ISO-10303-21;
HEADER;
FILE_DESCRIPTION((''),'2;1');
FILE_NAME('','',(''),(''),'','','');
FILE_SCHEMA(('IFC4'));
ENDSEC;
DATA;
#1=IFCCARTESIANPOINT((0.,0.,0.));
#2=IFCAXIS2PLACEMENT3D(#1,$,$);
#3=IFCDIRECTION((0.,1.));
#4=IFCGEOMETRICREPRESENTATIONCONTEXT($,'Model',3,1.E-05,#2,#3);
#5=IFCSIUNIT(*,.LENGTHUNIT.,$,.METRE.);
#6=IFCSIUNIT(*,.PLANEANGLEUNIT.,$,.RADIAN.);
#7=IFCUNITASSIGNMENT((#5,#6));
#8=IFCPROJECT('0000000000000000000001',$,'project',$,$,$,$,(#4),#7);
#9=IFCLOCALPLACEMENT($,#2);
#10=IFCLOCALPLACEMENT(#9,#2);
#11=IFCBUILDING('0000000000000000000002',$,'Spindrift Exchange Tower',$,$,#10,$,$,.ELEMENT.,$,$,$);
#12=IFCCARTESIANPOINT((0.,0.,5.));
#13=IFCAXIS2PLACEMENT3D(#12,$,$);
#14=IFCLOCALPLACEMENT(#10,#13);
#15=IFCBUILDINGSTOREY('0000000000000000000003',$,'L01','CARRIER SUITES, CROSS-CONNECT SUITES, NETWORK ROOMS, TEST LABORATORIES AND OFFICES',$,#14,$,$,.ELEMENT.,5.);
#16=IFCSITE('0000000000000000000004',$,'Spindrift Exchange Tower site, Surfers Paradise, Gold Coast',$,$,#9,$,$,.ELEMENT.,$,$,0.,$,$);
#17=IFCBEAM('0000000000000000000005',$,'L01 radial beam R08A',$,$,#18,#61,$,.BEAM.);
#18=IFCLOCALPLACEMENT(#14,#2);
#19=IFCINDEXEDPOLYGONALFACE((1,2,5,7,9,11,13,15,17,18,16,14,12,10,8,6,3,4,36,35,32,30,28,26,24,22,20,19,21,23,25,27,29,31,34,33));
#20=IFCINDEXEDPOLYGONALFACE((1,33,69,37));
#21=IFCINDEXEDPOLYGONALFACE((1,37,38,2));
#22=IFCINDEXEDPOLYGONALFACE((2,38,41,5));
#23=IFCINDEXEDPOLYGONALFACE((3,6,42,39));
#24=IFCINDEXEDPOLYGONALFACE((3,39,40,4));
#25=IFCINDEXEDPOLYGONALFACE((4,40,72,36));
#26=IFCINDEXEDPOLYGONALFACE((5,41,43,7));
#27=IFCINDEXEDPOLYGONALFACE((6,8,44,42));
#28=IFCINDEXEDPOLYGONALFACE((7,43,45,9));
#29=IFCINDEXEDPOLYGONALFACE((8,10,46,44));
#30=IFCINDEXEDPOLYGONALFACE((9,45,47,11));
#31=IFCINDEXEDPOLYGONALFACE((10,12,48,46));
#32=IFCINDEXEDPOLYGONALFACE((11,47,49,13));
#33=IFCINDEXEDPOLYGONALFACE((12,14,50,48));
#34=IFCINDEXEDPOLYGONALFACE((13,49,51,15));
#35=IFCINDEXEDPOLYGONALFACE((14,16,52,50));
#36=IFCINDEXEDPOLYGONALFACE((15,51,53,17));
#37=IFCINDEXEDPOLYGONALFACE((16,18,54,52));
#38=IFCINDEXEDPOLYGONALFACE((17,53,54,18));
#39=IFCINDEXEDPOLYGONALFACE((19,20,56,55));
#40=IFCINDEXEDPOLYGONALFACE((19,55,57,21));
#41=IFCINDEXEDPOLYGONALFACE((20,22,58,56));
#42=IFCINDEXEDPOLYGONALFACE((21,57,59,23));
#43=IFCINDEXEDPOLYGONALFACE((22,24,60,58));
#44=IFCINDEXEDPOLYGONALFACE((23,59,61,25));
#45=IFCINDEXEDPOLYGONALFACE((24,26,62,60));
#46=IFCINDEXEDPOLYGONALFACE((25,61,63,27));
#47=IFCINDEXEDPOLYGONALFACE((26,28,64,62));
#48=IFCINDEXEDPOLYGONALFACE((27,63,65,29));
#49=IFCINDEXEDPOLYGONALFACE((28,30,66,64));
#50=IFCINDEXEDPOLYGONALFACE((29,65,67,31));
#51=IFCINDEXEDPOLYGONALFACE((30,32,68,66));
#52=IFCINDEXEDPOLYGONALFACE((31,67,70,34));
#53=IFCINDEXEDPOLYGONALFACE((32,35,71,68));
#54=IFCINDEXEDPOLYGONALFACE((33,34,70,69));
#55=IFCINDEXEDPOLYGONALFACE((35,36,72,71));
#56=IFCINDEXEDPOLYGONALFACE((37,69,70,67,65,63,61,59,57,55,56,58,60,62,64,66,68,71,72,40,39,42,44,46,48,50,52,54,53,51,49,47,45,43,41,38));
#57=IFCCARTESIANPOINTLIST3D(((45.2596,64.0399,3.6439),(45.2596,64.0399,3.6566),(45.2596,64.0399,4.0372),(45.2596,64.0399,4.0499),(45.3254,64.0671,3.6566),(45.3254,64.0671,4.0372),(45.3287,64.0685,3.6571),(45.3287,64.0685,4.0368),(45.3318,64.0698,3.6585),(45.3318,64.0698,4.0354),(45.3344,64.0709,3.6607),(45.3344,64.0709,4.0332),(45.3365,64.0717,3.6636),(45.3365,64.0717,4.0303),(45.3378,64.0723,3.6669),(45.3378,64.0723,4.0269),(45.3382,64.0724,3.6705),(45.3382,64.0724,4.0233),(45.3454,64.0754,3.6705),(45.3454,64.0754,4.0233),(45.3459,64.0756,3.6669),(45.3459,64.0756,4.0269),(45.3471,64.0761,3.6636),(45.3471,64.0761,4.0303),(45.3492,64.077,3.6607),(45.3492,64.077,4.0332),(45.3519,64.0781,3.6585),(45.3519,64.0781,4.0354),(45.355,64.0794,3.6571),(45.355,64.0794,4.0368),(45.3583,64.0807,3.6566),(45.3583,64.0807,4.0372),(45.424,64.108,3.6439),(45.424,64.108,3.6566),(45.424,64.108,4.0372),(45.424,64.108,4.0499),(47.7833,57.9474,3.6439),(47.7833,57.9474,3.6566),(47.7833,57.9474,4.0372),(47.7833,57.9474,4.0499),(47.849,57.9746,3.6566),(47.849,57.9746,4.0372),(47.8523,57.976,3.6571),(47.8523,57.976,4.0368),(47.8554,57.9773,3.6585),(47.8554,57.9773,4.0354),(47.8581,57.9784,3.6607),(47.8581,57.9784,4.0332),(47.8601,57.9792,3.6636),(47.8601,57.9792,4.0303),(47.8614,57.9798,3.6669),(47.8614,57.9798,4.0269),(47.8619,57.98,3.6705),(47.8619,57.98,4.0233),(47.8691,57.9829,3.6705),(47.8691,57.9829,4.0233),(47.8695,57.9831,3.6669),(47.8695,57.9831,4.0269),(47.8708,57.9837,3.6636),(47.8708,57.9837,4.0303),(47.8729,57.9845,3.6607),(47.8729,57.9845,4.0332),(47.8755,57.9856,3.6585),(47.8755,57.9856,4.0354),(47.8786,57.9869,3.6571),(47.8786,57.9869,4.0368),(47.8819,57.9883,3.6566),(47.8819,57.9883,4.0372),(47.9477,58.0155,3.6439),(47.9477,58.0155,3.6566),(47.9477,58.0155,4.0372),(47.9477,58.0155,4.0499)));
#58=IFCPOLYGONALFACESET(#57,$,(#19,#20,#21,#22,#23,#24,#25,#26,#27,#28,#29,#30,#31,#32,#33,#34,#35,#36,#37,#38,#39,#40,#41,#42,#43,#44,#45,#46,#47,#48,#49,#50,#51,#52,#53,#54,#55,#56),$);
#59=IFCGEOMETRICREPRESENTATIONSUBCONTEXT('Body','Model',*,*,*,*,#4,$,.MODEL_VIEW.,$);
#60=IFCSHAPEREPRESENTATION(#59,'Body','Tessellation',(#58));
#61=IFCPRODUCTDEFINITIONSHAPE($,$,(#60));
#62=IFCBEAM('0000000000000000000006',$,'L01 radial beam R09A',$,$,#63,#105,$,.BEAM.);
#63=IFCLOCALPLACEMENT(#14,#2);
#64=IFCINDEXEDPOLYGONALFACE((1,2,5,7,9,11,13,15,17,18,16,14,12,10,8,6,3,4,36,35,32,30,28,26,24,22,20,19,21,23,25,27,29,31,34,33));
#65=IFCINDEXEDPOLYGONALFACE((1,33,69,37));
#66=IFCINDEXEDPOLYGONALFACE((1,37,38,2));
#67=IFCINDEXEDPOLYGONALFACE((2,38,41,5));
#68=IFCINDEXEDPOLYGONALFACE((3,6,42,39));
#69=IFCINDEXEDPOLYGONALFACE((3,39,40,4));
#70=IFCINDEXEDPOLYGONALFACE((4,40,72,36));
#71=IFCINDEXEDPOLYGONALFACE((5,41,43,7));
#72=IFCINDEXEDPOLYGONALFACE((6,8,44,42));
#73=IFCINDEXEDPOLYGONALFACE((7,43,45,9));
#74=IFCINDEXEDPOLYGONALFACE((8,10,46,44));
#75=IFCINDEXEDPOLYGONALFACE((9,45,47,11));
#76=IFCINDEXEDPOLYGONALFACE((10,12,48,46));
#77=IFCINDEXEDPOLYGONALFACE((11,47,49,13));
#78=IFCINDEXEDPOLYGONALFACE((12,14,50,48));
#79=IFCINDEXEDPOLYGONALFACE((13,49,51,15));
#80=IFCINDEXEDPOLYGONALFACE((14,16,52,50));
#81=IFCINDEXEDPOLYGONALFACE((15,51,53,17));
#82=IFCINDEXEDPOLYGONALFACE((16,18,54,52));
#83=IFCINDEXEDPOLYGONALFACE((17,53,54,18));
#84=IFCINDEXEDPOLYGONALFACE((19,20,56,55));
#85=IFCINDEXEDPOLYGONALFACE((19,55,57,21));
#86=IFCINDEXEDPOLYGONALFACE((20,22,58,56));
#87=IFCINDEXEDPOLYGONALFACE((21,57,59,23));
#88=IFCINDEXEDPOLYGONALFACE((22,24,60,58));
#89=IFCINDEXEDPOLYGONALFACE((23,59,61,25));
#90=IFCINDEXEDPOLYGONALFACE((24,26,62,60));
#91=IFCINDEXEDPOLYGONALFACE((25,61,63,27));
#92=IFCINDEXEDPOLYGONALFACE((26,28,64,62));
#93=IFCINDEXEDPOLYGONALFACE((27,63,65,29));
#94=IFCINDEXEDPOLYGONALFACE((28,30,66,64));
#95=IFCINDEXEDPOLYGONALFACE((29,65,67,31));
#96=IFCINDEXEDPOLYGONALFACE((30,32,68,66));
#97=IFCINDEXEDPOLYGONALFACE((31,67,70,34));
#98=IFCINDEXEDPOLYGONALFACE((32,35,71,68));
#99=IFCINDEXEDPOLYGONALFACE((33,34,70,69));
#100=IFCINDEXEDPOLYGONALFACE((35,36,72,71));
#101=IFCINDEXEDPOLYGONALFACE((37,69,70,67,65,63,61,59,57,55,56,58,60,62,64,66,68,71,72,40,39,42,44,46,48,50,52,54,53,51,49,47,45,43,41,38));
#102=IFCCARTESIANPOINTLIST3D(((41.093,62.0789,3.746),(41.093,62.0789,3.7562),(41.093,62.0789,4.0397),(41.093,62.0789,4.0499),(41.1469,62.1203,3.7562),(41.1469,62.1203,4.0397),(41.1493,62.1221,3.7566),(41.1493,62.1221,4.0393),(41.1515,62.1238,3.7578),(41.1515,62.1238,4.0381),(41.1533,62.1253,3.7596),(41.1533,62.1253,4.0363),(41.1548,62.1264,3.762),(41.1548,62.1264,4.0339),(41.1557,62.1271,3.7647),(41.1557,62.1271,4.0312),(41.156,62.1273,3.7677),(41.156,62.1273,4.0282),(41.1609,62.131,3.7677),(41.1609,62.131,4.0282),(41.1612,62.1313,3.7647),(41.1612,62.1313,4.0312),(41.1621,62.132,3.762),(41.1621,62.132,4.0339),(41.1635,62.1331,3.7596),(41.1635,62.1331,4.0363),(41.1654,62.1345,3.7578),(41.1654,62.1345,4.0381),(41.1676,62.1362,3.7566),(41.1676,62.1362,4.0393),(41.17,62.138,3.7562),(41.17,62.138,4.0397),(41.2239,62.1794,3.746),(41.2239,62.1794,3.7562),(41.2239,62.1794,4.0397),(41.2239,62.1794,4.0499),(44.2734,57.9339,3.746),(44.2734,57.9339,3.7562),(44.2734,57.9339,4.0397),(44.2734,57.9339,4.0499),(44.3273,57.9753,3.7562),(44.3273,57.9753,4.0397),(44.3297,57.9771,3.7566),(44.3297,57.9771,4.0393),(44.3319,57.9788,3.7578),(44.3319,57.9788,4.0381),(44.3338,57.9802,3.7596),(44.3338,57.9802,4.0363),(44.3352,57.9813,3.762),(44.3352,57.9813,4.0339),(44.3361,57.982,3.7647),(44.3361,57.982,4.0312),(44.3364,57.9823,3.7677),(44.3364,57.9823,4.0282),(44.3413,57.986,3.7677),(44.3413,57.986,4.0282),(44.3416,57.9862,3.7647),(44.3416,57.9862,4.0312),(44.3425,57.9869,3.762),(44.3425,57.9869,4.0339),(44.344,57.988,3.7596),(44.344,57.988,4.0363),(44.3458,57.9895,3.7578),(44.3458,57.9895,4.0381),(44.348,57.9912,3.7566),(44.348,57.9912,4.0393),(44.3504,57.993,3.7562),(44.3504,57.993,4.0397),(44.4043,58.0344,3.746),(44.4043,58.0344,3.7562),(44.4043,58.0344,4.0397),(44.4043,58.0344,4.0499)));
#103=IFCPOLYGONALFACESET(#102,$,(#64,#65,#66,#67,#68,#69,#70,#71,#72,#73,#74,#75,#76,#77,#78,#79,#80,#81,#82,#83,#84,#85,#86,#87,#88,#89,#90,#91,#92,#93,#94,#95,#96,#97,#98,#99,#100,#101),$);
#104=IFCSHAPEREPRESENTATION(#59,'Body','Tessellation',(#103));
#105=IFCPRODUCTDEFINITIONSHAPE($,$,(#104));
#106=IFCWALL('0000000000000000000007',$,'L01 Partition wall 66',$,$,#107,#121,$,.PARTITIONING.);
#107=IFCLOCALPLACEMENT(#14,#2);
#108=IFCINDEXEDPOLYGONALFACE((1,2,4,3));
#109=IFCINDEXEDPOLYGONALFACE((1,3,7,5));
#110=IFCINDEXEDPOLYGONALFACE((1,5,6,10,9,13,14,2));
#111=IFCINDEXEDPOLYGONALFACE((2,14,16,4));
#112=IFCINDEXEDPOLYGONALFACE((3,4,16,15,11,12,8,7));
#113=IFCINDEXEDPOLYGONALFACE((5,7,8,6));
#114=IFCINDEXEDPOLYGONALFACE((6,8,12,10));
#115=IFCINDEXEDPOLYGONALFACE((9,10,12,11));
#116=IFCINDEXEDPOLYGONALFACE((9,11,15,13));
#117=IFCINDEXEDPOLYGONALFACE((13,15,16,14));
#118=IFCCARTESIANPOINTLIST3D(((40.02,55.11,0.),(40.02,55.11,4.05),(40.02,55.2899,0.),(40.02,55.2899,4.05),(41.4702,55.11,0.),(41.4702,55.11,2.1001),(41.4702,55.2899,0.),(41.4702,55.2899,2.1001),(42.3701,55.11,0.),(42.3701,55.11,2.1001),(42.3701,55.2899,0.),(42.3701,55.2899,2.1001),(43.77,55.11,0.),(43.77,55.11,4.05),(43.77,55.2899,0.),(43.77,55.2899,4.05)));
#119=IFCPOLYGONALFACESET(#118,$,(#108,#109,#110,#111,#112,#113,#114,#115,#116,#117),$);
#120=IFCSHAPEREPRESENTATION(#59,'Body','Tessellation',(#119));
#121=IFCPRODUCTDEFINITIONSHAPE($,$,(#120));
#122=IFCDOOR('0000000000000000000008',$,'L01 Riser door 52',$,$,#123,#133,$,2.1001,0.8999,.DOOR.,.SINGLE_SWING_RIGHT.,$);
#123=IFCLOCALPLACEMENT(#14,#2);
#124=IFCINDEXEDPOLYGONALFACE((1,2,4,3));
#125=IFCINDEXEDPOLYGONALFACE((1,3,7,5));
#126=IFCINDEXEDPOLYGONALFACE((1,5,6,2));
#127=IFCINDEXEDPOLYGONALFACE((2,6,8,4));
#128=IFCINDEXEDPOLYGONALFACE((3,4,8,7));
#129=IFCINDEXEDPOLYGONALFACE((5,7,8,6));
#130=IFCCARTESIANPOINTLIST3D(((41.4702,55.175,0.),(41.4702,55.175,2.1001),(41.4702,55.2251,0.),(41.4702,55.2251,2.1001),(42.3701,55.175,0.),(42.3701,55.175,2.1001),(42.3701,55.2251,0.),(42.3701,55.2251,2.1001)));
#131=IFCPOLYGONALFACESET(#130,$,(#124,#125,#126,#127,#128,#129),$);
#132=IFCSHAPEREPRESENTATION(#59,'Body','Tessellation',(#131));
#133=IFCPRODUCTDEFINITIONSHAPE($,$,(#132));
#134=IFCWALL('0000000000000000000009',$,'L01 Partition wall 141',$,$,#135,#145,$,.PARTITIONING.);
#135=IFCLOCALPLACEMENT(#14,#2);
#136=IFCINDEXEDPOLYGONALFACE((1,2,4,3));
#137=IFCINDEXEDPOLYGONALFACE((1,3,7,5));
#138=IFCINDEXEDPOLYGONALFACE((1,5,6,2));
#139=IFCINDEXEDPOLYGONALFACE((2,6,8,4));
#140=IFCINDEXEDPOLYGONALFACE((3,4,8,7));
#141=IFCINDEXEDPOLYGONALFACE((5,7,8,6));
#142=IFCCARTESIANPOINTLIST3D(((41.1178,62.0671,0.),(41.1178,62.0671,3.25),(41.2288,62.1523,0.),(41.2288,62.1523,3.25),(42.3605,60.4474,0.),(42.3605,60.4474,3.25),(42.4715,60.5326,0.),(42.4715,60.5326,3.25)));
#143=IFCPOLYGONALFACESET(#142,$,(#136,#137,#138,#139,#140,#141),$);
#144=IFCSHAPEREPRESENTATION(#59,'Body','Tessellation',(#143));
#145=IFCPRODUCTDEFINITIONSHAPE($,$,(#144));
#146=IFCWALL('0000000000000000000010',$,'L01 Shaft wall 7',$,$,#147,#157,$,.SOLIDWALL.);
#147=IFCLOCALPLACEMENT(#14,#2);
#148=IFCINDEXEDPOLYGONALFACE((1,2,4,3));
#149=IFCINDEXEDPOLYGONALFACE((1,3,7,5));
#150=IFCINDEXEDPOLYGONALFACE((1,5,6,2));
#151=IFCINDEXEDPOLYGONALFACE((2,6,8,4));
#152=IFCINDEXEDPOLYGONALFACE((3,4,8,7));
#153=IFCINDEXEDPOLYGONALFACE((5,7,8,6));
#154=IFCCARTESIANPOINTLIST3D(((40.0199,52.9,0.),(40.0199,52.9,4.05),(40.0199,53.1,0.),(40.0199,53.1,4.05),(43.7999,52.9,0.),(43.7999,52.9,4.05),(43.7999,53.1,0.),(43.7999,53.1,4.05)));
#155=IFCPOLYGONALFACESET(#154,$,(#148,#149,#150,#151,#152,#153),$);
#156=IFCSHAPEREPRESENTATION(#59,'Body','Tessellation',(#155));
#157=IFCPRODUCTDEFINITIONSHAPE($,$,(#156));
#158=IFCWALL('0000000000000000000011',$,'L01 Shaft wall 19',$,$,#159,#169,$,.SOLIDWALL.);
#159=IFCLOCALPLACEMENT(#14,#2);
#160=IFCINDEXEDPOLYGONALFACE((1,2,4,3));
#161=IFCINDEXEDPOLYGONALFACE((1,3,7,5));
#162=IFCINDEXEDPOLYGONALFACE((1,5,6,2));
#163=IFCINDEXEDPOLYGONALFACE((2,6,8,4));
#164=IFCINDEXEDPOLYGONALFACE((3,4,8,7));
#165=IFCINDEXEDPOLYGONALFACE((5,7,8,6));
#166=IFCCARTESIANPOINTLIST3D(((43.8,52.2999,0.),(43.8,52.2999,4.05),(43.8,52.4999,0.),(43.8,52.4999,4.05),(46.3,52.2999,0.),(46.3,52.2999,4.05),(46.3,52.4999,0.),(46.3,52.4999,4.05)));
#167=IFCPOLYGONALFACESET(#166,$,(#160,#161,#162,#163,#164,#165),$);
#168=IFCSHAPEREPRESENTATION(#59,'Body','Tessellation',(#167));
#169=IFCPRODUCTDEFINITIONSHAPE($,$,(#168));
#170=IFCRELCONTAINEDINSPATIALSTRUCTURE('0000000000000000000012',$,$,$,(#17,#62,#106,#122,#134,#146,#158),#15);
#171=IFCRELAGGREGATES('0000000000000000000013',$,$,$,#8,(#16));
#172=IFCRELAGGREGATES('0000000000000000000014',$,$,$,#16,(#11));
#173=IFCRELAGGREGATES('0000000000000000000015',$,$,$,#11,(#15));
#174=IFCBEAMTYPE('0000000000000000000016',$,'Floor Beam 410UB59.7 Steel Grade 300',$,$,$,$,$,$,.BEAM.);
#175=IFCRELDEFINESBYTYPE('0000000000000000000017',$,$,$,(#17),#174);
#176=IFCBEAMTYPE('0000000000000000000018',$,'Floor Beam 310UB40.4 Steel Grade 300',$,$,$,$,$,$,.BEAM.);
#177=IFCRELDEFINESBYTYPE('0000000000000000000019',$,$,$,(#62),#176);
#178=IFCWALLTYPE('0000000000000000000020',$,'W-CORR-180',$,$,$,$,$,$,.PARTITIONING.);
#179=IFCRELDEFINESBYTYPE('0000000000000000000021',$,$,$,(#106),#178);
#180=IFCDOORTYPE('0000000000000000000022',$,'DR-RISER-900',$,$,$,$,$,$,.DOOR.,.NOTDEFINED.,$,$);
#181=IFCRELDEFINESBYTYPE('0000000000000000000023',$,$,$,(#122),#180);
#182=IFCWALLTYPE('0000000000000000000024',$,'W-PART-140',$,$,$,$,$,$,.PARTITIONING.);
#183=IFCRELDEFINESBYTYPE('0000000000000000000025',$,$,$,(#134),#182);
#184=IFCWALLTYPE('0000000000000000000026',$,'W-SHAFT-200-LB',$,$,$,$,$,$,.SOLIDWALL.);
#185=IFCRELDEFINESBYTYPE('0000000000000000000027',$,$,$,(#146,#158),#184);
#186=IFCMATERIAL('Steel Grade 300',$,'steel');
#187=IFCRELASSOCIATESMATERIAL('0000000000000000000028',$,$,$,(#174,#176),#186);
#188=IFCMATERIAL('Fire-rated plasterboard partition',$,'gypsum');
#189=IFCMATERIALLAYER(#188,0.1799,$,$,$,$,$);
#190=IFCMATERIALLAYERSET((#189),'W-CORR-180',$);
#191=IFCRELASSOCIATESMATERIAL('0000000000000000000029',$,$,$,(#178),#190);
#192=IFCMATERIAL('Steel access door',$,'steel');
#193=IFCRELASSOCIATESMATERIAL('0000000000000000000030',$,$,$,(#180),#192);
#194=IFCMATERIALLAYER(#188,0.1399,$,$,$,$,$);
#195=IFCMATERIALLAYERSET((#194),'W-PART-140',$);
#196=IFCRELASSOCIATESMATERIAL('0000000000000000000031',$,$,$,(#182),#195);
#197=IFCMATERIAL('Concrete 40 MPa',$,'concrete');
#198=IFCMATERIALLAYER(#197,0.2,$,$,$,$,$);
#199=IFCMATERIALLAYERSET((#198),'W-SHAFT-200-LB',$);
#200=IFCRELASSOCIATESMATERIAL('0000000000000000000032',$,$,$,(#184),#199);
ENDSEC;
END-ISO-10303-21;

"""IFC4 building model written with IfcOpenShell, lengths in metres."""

from ifc_helpers import new_model, si_unit, direction, frame, frame_2d, origin, origin_2d, place, context, subcontext, project, spatial, rectangle, i_section, extrude, source, transform, mapped, material, layer, layer_set, material_profile, profile_set, type_object, element, fill, save


model = new_model("IFC4")

# Units and contexts
model_context = context("Model", 3, precision=1e-05, world=origin(), true_north=direction((0.0, 1.0)))
body_context = subcontext(model_context, "Body", "Model", "MODEL_VIEW")
ifc_project = project(units=[si_unit("LENGTHUNIT", "METRE"), si_unit("PLANEANGLEUNIT", "RADIAN")], contexts=[model_context])

# Site, building, storey
site_placement = place(None, origin())
site = spatial("IfcSite", under=ifc_project, at=site_placement, Name="Spindrift Exchange Tower site, Surfers Paradise, Gold Coast", CompositionType="ELEMENT", RefElevation=0.0)
building_placement = place(site_placement, origin())
building = spatial("IfcBuilding", under=site, at=building_placement, Name="Spindrift Exchange Tower", CompositionType="ELEMENT")
storey_placement = place(building_placement, frame((0.0, 0.0, 5.0)))
storey = spatial("IfcBuildingStorey", under=building, at=storey_placement, Name="L01", Description="CARRIER SUITES, CROSS-CONNECT SUITES, NETWORK ROOMS, TEST LABORATORIES AND OFFICES", CompositionType="ELEMENT", Elevation=5.0)

# Beams
ifc_material_1 = material(Name="Steel Grade 300", Category="steel")
ifc_material_profile_1 = material_profile(ifc_material_1, i_section(OverallWidth=0.178, OverallDepth=0.406, WebThickness=0.0078, FlangeThickness=0.0127, FilletRadius=0.0139, at=origin_2d()), Name="410UB59.7")
ifc_profile_set_1 = profile_set([ifc_material_profile_1], Name="Steel Grade 300")
beam_type_1 = type_object("IfcBeamType", Name="Floor Beam 410UB59.7 Steel Grade 300", PredefinedType="BEAM", material=ifc_profile_set_1)
shared_shape_1 = source(origin(), body_context, "Body", "SweptSolid", [
    extrude(i_section(OverallWidth=0.178, OverallDepth=0.406, WebThickness=0.0078, FlangeThickness=0.0127, FilletRadius=0.0139, at=origin_2d()), origin(), (0.0, 0.0, 1.0), 6.5945),
])
beam_1_placement = place(storey_placement, frame((47.8655, 57.9814, 3.8469), z_axis=(-0.382693, 0.923876, 0.0), x_axis=(-0.923876, -0.382693, 0.0)))
element("IfcBeam", 1, at=beam_1_placement, inside=storey, type_object=beam_type_1, Name="L01 radial beam R08A", PredefinedType="BEAM", context=body_context, shape_type="MappedRepresentation", body=[
    mapped(shared_shape_1, transform((0.0, 0.0, 0.0), scale=1.0)),
])
ifc_material_profile_2 = material_profile(ifc_material_1, i_section(OverallWidth=0.165, OverallDepth=0.304, WebThickness=0.0061, FlangeThickness=0.0103, FilletRadius=0.0115, at=origin_2d()), Name="310UB40.4")
ifc_profile_set_2 = profile_set([ifc_material_profile_2], Name="Steel Grade 300")
beam_type_2 = type_object("IfcBeamType", Name="Floor Beam 310UB40.4 Steel Grade 300", PredefinedType="BEAM", material=ifc_profile_set_2)
shared_shape_2 = source(origin(), body_context, "Body", "SweptSolid", [
    extrude(i_section(OverallWidth=0.165, OverallDepth=0.304, WebThickness=0.0061, FlangeThickness=0.0103, FilletRadius=0.0115, at=origin_2d()), origin(), (0.0, 0.0, 1.0), 5.2246),
])
beam_2_placement = place(storey_placement, frame((44.3389, 57.9841, 3.8979), z_axis=(-0.608741, 0.793369, 0.0), x_axis=(-0.793369, -0.608741, 0.0)))
element("IfcBeam", 2, at=beam_2_placement, inside=storey, type_object=beam_type_2, Name="L01 radial beam R09A", PredefinedType="BEAM", context=body_context, shape_type="MappedRepresentation", body=[
    mapped(shared_shape_2, transform((0.0, 0.0, 0.0), scale=1.0)),
])

# Wall, opening, door
ifc_material_2 = material(Name="Fire-rated plasterboard partition", Category="gypsum")
ifc_layer_1 = layer(ifc_material_2, 0.1799)
ifc_layer_set_1 = layer_set([ifc_layer_1], Name="W-CORR-180")
wall_type_1 = type_object("IfcWallType", Name="W-CORR-180", PredefinedType="PARTITIONING", material=ifc_layer_set_1)
wall_1_placement = place(storey_placement, frame((43.77, 55.2, 0.0), z_axis=(0.0, 0.0, 1.0), x_axis=(-1.0, 0.0, 0.0)))
wall_1 = element("IfcWall", 3, at=wall_1_placement, inside=storey, type_object=wall_type_1, Name="L01 Partition wall 66", PredefinedType="PARTITIONING", context=body_context, shape_type="SweptSolid", body=[
    extrude(rectangle(XDim=3.75, YDim=0.1799, at=frame_2d((1.875, 0.0))), origin(), (0.0, 0.0, 1.0), 4.05),
])
opening_placement = place(wall_1_placement, frame((1.3999, 0.0, 0.0)))
opening = element("IfcOpeningElement", 4, at=opening_placement, cuts=wall_1, PredefinedType="OPENING", context=body_context, shape_type="SweptSolid", body=[
    extrude(rectangle(XDim=0.8999, YDim=2.1001, at=frame_2d((0.45, 1.05))), frame((0.0, 0.0999, 0.0), z_axis=(0.0, -1.0, 0.0), x_axis=(1.0, 0.0, 0.0)), (0.0, 0.0, 1.0), 0.2),
])
ifc_material_3 = material(Name="Steel access door", Category="steel")
door_type = type_object("IfcDoorType", Name="DR-RISER-900", OperationType="NOTDEFINED", PredefinedType="DOOR", material=ifc_material_3)
shared_shape_3 = source(origin(), body_context, "Body", "SweptSolid", [
    extrude(rectangle(XDim=0.8999, YDim=2.1001, at=frame_2d((0.45, 1.05))), frame((0.0, 0.0249, 0.0), z_axis=(0.0, -1.0, 0.0), x_axis=(1.0, 0.0, 0.0)), (0.0, 0.0, 1.0), 0.05),
])
door_placement = place(opening_placement, origin())
door = element("IfcDoor", 5, at=door_placement, inside=storey, type_object=door_type, Name="L01 Riser door 52", OperationType="SINGLE_SWING_RIGHT", OverallHeight=2.1001, OverallWidth=0.8999, PredefinedType="DOOR", context=body_context, shape_type="MappedRepresentation", body=[
    mapped(shared_shape_3, transform((0.0, 0.0, 0.0), scale=1.0)),
])
fill(opening, door)

# Walls
ifc_layer_2 = layer(ifc_material_2, 0.1399)
ifc_layer_set_2 = layer_set([ifc_layer_2], Name="W-PART-140")
wall_type_2 = type_object("IfcWallType", Name="W-PART-140", PredefinedType="PARTITIONING", material=ifc_layer_set_2)
wall_2_placement = place(storey_placement, frame((42.416, 60.49, 0.0), z_axis=(0.0, 0.0, 1.0), x_axis=(-0.608728, 0.793379, 0.0)))
element("IfcWall", 6, at=wall_2_placement, inside=storey, type_object=wall_type_2, Name="L01 Partition wall 141", PredefinedType="PARTITIONING", context=body_context, shape_type="SweptSolid", body=[
    extrude(rectangle(XDim=2.0415, YDim=0.1399, at=frame_2d((1.0208, 0.0))), origin(), (0.0, 0.0, 1.0), 3.25),
])
ifc_material_4 = material(Name="Concrete 40 MPa", Category="concrete")
ifc_layer_3 = layer(ifc_material_4, 0.2)
ifc_layer_set_3 = layer_set([ifc_layer_3], Name="W-SHAFT-200-LB")
wall_type_3 = type_object("IfcWallType", Name="W-SHAFT-200-LB", PredefinedType="SOLIDWALL", material=ifc_layer_set_3)
wall_3_placement = place(storey_placement, frame((43.8, 53.0, 0.0), z_axis=(0.0, 0.0, 1.0), x_axis=(-1.0, 0.0, 0.0)))
element("IfcWall", 7, at=wall_3_placement, inside=storey, type_object=wall_type_3, Name="L01 Shaft wall 7", PredefinedType="SOLIDWALL", context=body_context, shape_type="SweptSolid", body=[
    extrude(rectangle(XDim=3.78, YDim=0.2, at=frame_2d((1.8901, 0.0))), origin(), (0.0, 0.0, 1.0), 4.05),
])
wall_4_placement = place(storey_placement, frame((46.3, 52.3999, 0.0), z_axis=(0.0, 0.0, 1.0), x_axis=(-1.0, 0.0, 0.0)))
element("IfcWall", 8, at=wall_4_placement, inside=storey, type_object=wall_type_3, Name="L01 Shaft wall 19", PredefinedType="SOLIDWALL", context=body_context, shape_type="SweptSolid", body=[
    extrude(rectangle(XDim=2.5, YDim=0.2, at=frame_2d((1.25, 0.0))), origin(), (0.0, 0.0, 1.0), 4.05),
])

save(model, "model.ifc")
